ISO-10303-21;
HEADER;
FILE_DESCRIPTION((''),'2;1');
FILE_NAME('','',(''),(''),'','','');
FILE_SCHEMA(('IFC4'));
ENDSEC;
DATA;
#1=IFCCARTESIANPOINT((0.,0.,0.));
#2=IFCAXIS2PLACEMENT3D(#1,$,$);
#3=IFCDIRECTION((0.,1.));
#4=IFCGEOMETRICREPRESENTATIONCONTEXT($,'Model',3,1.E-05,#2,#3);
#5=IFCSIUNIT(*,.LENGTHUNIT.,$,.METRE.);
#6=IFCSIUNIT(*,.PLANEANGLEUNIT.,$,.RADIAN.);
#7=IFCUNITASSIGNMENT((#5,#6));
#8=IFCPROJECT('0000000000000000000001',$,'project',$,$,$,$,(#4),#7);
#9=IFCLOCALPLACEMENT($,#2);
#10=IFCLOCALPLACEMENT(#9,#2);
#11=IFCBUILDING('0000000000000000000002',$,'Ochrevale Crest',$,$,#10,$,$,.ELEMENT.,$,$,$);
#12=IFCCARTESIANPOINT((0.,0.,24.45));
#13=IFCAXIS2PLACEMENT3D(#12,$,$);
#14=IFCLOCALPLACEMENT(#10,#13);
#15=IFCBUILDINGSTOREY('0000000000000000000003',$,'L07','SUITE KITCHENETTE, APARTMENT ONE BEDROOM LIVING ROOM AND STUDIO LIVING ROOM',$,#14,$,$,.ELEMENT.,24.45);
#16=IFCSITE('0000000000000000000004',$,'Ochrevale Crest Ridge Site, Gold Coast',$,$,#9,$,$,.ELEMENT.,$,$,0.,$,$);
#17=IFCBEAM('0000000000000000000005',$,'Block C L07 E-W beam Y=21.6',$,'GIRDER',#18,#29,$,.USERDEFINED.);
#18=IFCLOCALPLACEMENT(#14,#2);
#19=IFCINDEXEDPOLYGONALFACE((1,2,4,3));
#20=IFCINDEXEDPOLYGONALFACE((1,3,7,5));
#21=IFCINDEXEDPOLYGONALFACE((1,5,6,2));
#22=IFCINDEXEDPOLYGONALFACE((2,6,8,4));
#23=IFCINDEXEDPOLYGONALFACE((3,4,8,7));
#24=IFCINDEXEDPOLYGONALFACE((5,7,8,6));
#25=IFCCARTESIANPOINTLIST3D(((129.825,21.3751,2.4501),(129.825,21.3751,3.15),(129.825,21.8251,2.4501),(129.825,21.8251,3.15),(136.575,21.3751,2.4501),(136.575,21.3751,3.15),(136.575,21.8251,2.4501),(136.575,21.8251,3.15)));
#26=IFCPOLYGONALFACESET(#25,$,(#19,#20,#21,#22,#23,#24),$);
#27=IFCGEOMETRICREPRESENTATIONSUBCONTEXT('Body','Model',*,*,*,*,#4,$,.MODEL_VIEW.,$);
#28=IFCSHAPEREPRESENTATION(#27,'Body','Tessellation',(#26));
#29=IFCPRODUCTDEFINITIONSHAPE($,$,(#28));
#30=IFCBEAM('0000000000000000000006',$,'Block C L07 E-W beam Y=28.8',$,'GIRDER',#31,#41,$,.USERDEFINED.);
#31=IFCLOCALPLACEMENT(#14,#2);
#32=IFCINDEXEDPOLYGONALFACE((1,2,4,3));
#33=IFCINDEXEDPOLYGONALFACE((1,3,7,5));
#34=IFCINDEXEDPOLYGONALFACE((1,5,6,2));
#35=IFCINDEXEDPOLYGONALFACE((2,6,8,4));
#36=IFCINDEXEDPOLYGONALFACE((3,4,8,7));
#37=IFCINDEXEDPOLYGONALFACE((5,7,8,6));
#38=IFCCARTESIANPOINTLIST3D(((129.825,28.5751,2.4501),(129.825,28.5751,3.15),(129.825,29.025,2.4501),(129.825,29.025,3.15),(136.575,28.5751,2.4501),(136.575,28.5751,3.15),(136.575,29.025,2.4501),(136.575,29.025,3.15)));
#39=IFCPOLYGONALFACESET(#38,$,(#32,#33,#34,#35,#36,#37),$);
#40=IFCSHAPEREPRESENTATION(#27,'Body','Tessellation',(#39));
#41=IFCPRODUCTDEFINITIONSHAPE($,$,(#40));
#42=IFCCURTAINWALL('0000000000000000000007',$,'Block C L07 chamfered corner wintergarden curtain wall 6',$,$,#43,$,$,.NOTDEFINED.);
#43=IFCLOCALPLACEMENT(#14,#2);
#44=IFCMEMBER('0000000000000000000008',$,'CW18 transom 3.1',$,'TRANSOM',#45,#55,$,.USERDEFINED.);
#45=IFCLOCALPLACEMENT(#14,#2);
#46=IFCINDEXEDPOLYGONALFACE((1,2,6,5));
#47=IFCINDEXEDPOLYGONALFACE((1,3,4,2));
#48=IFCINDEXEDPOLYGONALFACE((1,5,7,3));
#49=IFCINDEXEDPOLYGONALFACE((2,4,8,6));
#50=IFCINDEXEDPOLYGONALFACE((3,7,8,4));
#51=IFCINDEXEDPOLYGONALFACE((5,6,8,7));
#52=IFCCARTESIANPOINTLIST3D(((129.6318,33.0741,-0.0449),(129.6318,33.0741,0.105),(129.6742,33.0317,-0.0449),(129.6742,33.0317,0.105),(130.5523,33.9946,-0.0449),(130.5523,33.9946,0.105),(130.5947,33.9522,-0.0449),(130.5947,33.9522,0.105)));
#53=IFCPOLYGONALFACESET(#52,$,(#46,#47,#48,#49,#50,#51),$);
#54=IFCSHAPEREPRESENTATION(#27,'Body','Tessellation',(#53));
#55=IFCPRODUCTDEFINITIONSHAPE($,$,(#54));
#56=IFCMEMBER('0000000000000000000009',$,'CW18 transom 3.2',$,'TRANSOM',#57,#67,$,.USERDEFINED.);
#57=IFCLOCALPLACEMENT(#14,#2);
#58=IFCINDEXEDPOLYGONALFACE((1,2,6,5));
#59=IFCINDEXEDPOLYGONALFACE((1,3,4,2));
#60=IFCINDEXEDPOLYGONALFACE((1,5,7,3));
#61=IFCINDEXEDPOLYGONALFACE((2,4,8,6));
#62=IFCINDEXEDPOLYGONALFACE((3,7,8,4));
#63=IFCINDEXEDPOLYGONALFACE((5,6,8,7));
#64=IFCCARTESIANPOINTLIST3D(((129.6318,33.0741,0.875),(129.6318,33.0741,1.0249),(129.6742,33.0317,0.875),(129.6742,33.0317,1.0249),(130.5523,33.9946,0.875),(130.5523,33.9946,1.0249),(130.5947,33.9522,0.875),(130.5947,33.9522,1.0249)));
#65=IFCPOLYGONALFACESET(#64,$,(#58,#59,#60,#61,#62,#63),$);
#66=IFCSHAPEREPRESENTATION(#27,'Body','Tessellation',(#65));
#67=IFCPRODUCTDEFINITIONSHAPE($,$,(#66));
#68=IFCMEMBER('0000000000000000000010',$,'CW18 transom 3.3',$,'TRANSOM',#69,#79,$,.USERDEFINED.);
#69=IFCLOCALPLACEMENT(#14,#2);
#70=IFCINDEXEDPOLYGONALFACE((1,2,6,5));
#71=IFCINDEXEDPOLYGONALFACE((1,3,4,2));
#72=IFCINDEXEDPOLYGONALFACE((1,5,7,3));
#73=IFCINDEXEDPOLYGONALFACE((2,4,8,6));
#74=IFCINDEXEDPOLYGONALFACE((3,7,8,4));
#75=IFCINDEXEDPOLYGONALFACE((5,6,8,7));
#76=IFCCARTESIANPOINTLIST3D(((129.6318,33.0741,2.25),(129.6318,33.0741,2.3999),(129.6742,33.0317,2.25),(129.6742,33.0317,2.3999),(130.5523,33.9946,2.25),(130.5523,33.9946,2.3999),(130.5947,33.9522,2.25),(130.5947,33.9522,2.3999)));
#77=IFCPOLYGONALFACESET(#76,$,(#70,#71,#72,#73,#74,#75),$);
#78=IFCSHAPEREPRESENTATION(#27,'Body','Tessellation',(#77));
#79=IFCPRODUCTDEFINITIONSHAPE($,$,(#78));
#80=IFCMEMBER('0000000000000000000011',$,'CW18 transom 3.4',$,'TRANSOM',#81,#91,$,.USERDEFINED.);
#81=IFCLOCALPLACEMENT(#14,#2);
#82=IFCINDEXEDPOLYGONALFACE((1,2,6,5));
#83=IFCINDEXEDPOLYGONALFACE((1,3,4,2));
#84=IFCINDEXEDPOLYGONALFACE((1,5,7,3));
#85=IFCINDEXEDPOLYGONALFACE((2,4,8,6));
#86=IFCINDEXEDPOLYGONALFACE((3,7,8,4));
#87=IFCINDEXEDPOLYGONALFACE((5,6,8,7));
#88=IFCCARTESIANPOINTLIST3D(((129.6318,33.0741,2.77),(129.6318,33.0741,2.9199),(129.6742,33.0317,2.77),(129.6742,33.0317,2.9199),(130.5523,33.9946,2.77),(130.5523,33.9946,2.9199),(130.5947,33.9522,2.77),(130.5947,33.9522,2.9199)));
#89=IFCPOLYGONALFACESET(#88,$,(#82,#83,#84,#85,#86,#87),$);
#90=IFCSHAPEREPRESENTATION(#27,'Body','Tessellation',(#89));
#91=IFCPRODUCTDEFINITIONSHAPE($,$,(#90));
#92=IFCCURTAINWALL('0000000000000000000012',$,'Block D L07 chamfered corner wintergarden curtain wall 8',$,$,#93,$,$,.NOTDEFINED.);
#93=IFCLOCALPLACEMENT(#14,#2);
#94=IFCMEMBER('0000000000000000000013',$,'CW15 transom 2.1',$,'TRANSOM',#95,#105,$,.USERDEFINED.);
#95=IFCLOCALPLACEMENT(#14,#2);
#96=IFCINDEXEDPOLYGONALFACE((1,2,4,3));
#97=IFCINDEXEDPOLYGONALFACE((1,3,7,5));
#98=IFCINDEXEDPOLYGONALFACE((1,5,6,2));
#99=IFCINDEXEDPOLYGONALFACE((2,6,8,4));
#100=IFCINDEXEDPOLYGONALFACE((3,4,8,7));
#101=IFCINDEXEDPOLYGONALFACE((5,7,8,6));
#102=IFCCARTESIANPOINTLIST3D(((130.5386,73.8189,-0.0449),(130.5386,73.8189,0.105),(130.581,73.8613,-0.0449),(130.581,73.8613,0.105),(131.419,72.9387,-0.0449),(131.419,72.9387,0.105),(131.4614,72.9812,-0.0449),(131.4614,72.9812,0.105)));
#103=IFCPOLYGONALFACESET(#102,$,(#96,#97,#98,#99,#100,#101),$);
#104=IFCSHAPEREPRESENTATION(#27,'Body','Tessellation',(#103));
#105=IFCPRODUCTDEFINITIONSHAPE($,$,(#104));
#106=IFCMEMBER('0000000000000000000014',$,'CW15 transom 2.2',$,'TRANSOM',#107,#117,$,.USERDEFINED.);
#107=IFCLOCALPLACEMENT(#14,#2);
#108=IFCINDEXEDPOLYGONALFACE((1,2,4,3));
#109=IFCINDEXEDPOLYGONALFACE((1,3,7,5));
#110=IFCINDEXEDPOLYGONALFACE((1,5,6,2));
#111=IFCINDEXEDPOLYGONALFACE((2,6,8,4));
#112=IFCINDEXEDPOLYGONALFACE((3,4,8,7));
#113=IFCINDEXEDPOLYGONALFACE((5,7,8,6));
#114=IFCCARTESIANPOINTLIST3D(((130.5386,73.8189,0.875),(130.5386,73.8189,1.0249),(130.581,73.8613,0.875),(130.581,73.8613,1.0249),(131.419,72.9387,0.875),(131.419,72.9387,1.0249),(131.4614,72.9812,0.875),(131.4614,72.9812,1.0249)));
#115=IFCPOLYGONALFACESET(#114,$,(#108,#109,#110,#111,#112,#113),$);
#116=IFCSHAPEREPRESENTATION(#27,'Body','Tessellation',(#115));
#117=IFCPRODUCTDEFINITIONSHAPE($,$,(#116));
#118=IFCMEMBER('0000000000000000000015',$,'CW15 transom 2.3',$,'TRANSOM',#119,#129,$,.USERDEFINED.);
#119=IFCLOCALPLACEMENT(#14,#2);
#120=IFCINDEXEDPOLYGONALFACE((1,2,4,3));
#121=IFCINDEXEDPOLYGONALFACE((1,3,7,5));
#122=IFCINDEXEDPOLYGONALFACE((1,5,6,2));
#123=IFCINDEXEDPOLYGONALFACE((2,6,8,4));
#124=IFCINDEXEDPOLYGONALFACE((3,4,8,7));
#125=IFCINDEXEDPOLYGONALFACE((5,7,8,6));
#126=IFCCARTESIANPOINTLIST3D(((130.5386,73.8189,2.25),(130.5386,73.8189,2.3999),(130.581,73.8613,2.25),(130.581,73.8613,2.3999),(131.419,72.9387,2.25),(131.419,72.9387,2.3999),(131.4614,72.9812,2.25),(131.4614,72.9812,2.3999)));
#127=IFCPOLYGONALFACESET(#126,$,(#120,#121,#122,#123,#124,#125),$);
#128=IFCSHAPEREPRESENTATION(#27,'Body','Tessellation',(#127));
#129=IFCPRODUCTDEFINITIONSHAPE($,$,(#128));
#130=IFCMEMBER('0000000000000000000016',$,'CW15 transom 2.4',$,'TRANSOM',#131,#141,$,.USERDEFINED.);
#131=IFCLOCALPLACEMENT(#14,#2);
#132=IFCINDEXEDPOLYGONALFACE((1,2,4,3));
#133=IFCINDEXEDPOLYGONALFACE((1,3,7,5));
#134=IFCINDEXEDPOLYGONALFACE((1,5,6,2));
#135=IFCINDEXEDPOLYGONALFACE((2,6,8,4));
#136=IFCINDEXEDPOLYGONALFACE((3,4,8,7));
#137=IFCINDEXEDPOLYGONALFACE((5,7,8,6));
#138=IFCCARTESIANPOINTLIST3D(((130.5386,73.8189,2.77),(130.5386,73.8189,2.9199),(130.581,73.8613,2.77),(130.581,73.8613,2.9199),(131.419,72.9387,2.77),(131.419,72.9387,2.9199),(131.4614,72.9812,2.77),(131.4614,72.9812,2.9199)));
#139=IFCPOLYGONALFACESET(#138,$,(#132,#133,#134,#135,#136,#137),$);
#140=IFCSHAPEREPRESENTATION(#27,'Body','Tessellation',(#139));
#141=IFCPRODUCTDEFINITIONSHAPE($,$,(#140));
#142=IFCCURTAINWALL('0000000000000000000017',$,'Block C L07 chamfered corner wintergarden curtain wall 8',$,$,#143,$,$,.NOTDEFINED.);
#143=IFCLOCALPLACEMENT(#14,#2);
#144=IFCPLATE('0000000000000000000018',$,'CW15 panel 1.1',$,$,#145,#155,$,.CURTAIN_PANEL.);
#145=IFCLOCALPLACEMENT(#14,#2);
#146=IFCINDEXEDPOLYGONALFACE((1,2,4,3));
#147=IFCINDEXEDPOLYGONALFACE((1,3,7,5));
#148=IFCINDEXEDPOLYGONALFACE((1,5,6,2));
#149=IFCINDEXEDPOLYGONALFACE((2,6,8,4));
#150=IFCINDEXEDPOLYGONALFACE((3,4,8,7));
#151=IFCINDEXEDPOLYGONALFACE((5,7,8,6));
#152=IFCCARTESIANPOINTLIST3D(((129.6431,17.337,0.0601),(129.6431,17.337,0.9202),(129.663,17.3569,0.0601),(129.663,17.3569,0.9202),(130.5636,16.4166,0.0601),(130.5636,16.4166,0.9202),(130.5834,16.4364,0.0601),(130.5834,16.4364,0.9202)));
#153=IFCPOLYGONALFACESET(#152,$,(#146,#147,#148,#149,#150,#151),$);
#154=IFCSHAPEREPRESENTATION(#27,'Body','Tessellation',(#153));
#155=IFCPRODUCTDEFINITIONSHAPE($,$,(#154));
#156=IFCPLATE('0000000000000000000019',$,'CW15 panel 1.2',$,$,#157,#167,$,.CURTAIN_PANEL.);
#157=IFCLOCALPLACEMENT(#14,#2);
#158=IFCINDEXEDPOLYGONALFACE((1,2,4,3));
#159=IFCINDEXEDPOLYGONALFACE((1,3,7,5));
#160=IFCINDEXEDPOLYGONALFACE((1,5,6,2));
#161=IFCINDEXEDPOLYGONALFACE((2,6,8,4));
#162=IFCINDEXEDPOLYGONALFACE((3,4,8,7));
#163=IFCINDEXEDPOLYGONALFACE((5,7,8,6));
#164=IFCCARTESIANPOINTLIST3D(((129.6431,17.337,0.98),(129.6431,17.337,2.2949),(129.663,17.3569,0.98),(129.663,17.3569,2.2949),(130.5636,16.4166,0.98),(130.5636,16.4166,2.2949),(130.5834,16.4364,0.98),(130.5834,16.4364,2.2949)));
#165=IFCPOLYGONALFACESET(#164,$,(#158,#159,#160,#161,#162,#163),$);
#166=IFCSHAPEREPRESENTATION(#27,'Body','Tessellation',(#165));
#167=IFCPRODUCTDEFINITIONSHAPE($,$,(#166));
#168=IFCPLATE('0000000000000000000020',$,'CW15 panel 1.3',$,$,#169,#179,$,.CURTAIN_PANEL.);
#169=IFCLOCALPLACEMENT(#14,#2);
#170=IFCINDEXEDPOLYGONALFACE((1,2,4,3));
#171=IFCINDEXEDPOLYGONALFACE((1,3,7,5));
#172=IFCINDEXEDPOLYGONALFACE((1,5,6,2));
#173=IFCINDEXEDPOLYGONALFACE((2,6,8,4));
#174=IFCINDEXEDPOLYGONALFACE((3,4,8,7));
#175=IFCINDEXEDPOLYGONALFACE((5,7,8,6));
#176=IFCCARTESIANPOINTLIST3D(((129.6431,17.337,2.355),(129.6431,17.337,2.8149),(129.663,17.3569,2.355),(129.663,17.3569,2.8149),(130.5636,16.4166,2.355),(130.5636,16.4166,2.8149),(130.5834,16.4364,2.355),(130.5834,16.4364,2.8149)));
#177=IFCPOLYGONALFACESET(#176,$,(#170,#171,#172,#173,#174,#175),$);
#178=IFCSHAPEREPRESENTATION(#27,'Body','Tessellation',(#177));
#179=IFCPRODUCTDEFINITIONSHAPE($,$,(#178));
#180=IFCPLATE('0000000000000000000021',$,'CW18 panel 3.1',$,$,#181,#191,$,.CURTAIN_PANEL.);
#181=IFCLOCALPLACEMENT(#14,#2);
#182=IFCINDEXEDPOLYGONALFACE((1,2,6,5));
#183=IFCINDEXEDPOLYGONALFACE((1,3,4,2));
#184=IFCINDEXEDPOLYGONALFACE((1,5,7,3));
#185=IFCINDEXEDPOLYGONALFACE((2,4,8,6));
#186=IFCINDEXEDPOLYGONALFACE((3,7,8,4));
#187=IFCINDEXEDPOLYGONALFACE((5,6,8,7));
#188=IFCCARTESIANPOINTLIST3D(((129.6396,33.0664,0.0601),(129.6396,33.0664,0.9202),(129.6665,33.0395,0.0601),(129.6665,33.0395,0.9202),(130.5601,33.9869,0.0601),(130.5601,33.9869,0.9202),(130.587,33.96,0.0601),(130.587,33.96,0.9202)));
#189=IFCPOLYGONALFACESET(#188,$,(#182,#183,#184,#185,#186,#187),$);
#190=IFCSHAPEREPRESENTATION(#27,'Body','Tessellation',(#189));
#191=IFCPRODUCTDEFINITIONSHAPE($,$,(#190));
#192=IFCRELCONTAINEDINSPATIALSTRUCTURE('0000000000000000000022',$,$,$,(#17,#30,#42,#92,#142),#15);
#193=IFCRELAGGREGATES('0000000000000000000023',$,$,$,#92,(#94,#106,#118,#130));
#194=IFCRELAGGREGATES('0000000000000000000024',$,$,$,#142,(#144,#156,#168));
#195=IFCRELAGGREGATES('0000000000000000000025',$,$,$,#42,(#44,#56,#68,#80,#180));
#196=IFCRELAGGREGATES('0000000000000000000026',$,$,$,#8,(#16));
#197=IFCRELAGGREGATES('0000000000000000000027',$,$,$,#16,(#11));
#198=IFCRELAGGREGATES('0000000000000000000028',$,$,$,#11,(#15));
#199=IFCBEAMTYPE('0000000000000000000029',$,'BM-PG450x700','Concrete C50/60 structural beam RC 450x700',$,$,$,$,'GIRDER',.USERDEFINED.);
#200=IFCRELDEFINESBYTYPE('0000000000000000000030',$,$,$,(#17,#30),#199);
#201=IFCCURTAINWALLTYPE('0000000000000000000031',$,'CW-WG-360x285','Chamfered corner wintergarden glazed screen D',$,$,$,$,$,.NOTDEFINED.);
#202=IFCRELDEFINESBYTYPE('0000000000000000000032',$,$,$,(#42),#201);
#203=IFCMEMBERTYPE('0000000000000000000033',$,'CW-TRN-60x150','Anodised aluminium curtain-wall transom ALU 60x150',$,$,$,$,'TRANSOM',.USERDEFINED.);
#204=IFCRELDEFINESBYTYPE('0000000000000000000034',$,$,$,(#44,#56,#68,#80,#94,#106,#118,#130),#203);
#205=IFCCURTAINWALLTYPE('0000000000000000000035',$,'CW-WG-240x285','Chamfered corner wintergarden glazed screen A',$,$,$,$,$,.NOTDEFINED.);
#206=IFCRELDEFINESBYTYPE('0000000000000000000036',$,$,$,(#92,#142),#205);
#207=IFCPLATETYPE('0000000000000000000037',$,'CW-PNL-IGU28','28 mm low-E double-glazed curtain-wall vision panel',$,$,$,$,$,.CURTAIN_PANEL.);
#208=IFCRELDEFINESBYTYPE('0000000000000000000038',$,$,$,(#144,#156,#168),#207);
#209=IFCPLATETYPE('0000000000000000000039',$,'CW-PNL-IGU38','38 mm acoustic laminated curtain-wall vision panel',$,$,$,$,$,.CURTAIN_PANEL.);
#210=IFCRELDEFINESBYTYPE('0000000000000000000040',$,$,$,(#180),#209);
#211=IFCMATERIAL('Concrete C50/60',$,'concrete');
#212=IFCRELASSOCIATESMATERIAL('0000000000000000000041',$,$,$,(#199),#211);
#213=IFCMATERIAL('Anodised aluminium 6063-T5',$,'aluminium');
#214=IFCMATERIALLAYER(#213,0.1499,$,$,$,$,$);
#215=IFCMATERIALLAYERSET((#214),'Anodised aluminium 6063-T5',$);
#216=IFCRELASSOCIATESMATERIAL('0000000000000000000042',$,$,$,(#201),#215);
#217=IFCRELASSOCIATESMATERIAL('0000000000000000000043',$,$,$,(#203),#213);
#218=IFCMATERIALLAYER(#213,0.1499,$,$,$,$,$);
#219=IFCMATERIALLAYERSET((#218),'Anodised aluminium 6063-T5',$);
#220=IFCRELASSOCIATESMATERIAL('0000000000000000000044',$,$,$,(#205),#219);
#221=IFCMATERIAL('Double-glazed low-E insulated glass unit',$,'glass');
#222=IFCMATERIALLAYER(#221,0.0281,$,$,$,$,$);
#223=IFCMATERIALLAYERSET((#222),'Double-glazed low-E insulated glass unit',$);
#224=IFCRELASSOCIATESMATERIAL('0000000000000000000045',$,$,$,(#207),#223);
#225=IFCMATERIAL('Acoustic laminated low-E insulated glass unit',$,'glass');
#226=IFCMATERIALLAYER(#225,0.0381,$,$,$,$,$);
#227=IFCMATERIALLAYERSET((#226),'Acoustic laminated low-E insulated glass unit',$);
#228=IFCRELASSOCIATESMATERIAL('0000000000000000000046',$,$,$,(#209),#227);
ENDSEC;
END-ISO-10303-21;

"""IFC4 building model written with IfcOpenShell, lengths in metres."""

from ifc_helpers import new_model, si_unit, direction, frame, origin, origin_2d, place, context, subcontext, project, spatial, rectangle, extrude, material, layer, layer_set, material_profile, profile_set, type_object, element, aggregate, save


model = new_model("IFC4")

# Units and contexts
model_context = context("Model", 3, precision=1e-05, world=origin(), true_north=direction((0.0, 1.0)))
body_context = subcontext(model_context, "Body", "Model", "MODEL_VIEW")
ifc_project = project(units=[si_unit("LENGTHUNIT", "METRE"), si_unit("PLANEANGLEUNIT", "RADIAN")], contexts=[model_context])

# Site, building, storey
site_placement = place(None, origin())
site = spatial("IfcSite", under=ifc_project, at=site_placement, Name="Ochrevale Crest Ridge Site, Gold Coast", CompositionType="ELEMENT", RefElevation=0.0)
building_placement = place(site_placement, origin())
building = spatial("IfcBuilding", under=site, at=building_placement, Name="Ochrevale Crest", CompositionType="ELEMENT")
storey_placement = place(building_placement, frame((0.0, 0.0, 24.45)))
storey = spatial("IfcBuildingStorey", under=building, at=storey_placement, Name="L07", Description="SUITE KITCHENETTE, APARTMENT ONE BEDROOM LIVING ROOM AND STUDIO LIVING ROOM", CompositionType="ELEMENT", Elevation=24.45)

# Beams
ifc_material_1 = material(Name="Concrete C50/60", Category="concrete")
ifc_material_profile_1 = material_profile(ifc_material_1, rectangle(XDim=0.45, YDim=0.7, at=origin_2d()), Name="RC 450x700")
ifc_profile_set_1 = profile_set([ifc_material_profile_1], Name="Concrete C50/60")
beam_type = type_object("IfcBeamType", Name="BM-PG450x700", Description="Concrete C50/60 structural beam RC 450x700", ElementType="GIRDER", PredefinedType="USERDEFINED", material=ifc_profile_set_1)
for number, where, z_axis, x_axis, name in (
    (1, (129.825, 21.6001, 2.8), (1.0, 0.0, 0.0), (0.0, 1.0, 0.0), "Block C L07 E-W beam Y=21.6"),
    (2, (129.825, 28.8, 2.8), (1.0, 0.0, 0.0), (0.0, 1.0, 0.0), "Block C L07 E-W beam Y=28.8"),
):
    element("IfcBeam", number, at=place(storey_placement, frame(where, z_axis=z_axis, x_axis=x_axis)), inside=storey, type_object=beam_type, Name=name, ObjectType="GIRDER", PredefinedType="USERDEFINED", context=body_context, shape_type="SweptSolid", body=[
        extrude(rectangle(XDim=0.45, YDim=0.7, at=origin_2d()), origin(), (0.0, 0.0, 1.0), 6.75),
    ])

# Curtain walls, members
ifc_material_2 = material(Name="Anodised aluminium 6063-T5", Category="aluminium")
ifc_layer_1 = layer(ifc_material_2, 0.1499)
ifc_layer_set_1 = layer_set([ifc_layer_1], Name="Anodised aluminium 6063-T5")
curtain_wall_type_1 = type_object("IfcCurtainWallType", Name="CW-WG-360x285", Description="Chamfered corner wintergarden glazed screen D", PredefinedType="NOTDEFINED", material=ifc_layer_set_1)
curtain_wall_1_placement = place(storey_placement, origin())
curtain_wall_1 = element("IfcCurtainWall", 3, at=curtain_wall_1_placement, inside=storey, type_object=curtain_wall_type_1, Name="Block C L07 chamfered corner wintergarden curtain wall 6", PredefinedType="NOTDEFINED")
ifc_material_profile_2 = material_profile(ifc_material_2, rectangle(XDim=0.0601, YDim=0.1499, at=origin_2d()), Name="ALU 60x150")
ifc_profile_set_2 = profile_set([ifc_material_profile_2], Name="Anodised aluminium 6063-T5")
member_type = type_object("IfcMemberType", Name="CW-TRN-60x150", Description="Anodised aluminium curtain-wall transom ALU 60x150", ElementType="TRANSOM", PredefinedType="USERDEFINED", material=ifc_profile_set_2)
member_1_placement = place(storey_placement, frame((130.5735, 33.9734, 0.03), z_axis=(-0.707107, -0.707107, 0.0), x_axis=(0.707107, -0.707107, 0.0)))
member_1 = element("IfcMember", 4, at=member_1_placement, type_object=member_type, Name="CW18 transom 3.1", ObjectType="TRANSOM", PredefinedType="USERDEFINED", context=body_context, shape_type="SweptSolid", body=[
    extrude(rectangle(XDim=0.0601, YDim=0.1499, at=origin_2d()), origin(), (0.0, 0.0, 1.0), 1.3018),
])
member_2_placement = place(storey_placement, frame((130.5735, 33.9734, 0.95), z_axis=(-0.707107, -0.707107, 0.0), x_axis=(0.707107, -0.707107, 0.0)))
member_2 = element("IfcMember", 5, at=member_2_placement, type_object=member_type, Name="CW18 transom 3.2", ObjectType="TRANSOM", PredefinedType="USERDEFINED", context=body_context, shape_type="SweptSolid", body=[
    extrude(rectangle(XDim=0.0601, YDim=0.1499, at=origin_2d()), origin(), (0.0, 0.0, 1.0), 1.3018),
])
member_3_placement = place(storey_placement, frame((130.5735, 33.9734, 2.325), z_axis=(-0.707107, -0.707107, 0.0), x_axis=(0.707107, -0.707107, 0.0)))
member_3 = element("IfcMember", 6, at=member_3_placement, type_object=member_type, Name="CW18 transom 3.3", ObjectType="TRANSOM", PredefinedType="USERDEFINED", context=body_context, shape_type="SweptSolid", body=[
    extrude(rectangle(XDim=0.0601, YDim=0.1499, at=origin_2d()), origin(), (0.0, 0.0, 1.0), 1.3018),
])
member_4_placement = place(storey_placement, frame((130.5735, 33.9734, 2.845), z_axis=(-0.707107, -0.707107, 0.0), x_axis=(0.707107, -0.707107, 0.0)))
member_4 = element("IfcMember", 7, at=member_4_placement, type_object=member_type, Name="CW18 transom 3.4", ObjectType="TRANSOM", PredefinedType="USERDEFINED", context=body_context, shape_type="SweptSolid", body=[
    extrude(rectangle(XDim=0.0601, YDim=0.1499, at=origin_2d()), origin(), (0.0, 0.0, 1.0), 1.3018),
])
ifc_layer_2 = layer(ifc_material_2, 0.1499)
ifc_layer_set_2 = layer_set([ifc_layer_2], Name="Anodised aluminium 6063-T5")
curtain_wall_type_2 = type_object("IfcCurtainWallType", Name="CW-WG-240x285", Description="Chamfered corner wintergarden glazed screen A", PredefinedType="NOTDEFINED", material=ifc_layer_set_2)
curtain_wall_2_placement = place(storey_placement, origin())
curtain_wall_2 = element("IfcCurtainWall", 8, at=curtain_wall_2_placement, inside=storey, type_object=curtain_wall_type_2, Name="Block D L07 chamfered corner wintergarden curtain wall 8", PredefinedType="NOTDEFINED")
member_5_placement = place(storey_placement, frame((130.5598, 73.8401, 0.03), z_axis=(0.707205, -0.707009, 0.0), x_axis=(0.707009, 0.707205, 0.0)))
member_5 = element("IfcMember", 9, at=member_5_placement, type_object=member_type, Name="CW15 transom 2.1", ObjectType="TRANSOM", PredefinedType="USERDEFINED", context=body_context, shape_type="SweptSolid", body=[
    extrude(rectangle(XDim=0.0601, YDim=0.1499, at=origin_2d()), origin(), (0.0, 0.0, 1.0), 1.2449),
])
member_6_placement = place(storey_placement, frame((130.5598, 73.8401, 0.95), z_axis=(0.707205, -0.707009, 0.0), x_axis=(0.707009, 0.707205, 0.0)))
member_6 = element("IfcMember", 10, at=member_6_placement, type_object=member_type, Name="CW15 transom 2.2", ObjectType="TRANSOM", PredefinedType="USERDEFINED", context=body_context, shape_type="SweptSolid", body=[
    extrude(rectangle(XDim=0.0601, YDim=0.1499, at=origin_2d()), origin(), (0.0, 0.0, 1.0), 1.2449),
])
member_7_placement = place(storey_placement, frame((130.5598, 73.8401, 2.325), z_axis=(0.707205, -0.707009, 0.0), x_axis=(0.707009, 0.707205, 0.0)))
member_7 = element("IfcMember", 11, at=member_7_placement, type_object=member_type, Name="CW15 transom 2.3", ObjectType="TRANSOM", PredefinedType="USERDEFINED", context=body_context, shape_type="SweptSolid", body=[
    extrude(rectangle(XDim=0.0601, YDim=0.1499, at=origin_2d()), origin(), (0.0, 0.0, 1.0), 1.2449),
])
member_8_placement = place(storey_placement, frame((130.5598, 73.8401, 2.845), z_axis=(0.707205, -0.707009, 0.0), x_axis=(0.707009, 0.707205, 0.0)))
member_8 = element("IfcMember", 12, at=member_8_placement, type_object=member_type, Name="CW15 transom 2.4", ObjectType="TRANSOM", PredefinedType="USERDEFINED", context=body_context, shape_type="SweptSolid", body=[
    extrude(rectangle(XDim=0.0601, YDim=0.1499, at=origin_2d()), origin(), (0.0, 0.0, 1.0), 1.2449),
])
aggregate(curtain_wall_2, [member_5, member_6, member_7, member_8])

# Curtain wall, plates
curtain_wall_3_placement = place(storey_placement, origin())
curtain_wall_3 = element("IfcCurtainWall", 13, at=curtain_wall_3_placement, inside=storey, type_object=curtain_wall_type_2, Name="Block C L07 chamfered corner wintergarden curtain wall 8", PredefinedType="NOTDEFINED")
ifc_material_3 = material(Name="Double-glazed low-E insulated glass unit", Category="glass")
ifc_layer_3 = layer(ifc_material_3, 0.0281)
ifc_layer_set_3 = layer_set([ifc_layer_3], Name="Double-glazed low-E insulated glass unit")
plate_type_1 = type_object("IfcPlateType", Name="CW-PNL-IGU28", Description="28 mm low-E double-glazed curtain-wall vision panel", PredefinedType="CURTAIN_PANEL", material=ifc_layer_set_3)
plate_1_placement = place(storey_placement, frame((130.1133, 16.8867, 0.0601), z_axis=(0.0, 0.0, 1.0), x_axis=(0.707107, -0.707107, 0.0)))
plate_1 = element("IfcPlate", 14, at=plate_1_placement, type_object=plate_type_1, Name="CW15 panel 1.1", PredefinedType="CURTAIN_PANEL", context=body_context, shape_type="SweptSolid", body=[
    extrude(rectangle(XDim=1.3018, YDim=0.0281, at=origin_2d()), origin(), (0.0, 0.0, 1.0), 0.8601),
])
plate_2_placement = place(storey_placement, frame((130.1133, 16.8867, 0.98), z_axis=(0.0, 0.0, 1.0), x_axis=(0.707107, -0.707107, 0.0)))
plate_2 = element("IfcPlate", 15, at=plate_2_placement, type_object=plate_type_1, Name="CW15 panel 1.2", PredefinedType="CURTAIN_PANEL", context=body_context, shape_type="SweptSolid", body=[
    extrude(rectangle(XDim=1.3018, YDim=0.0281, at=origin_2d()), origin(), (0.0, 0.0, 1.0), 1.3149),
])
plate_3_placement = place(storey_placement, frame((130.1133, 16.8867, 2.355), z_axis=(0.0, 0.0, 1.0), x_axis=(0.707107, -0.707107, 0.0)))
plate_3 = element("IfcPlate", 16, at=plate_3_placement, type_object=plate_type_1, Name="CW15 panel 1.3", PredefinedType="CURTAIN_PANEL", context=body_context, shape_type="SweptSolid", body=[
    extrude(rectangle(XDim=1.3018, YDim=0.0281, at=origin_2d()), origin(), (0.0, 0.0, 1.0), 0.46),
])
aggregate(curtain_wall_3, [plate_1, plate_2, plate_3])

# Plate
ifc_material_4 = material(Name="Acoustic laminated low-E insulated glass unit", Category="glass")
ifc_layer_4 = layer(ifc_material_4, 0.0381)
ifc_layer_set_4 = layer_set([ifc_layer_4], Name="Acoustic laminated low-E insulated glass unit")
plate_type_2 = type_object("IfcPlateType", Name="CW-PNL-IGU38", Description="38 mm acoustic laminated curtain-wall vision panel", PredefinedType="CURTAIN_PANEL", material=ifc_layer_set_4)
plate_4_placement = place(storey_placement, frame((130.1133, 33.5132, 0.0601), z_axis=(0.0, 0.0, 1.0), x_axis=(-0.707107, -0.707107, 0.0)))
plate_4 = element("IfcPlate", 17, at=plate_4_placement, type_object=plate_type_2, Name="CW18 panel 3.1", PredefinedType="CURTAIN_PANEL", context=body_context, shape_type="SweptSolid", body=[
    extrude(rectangle(XDim=1.3018, YDim=0.0381, at=origin_2d()), origin(), (0.0, 0.0, 1.0), 0.8601),
])
aggregate(curtain_wall_1, [member_1, member_2, member_3, member_4, plate_4])

save(model, "model.ifc")
